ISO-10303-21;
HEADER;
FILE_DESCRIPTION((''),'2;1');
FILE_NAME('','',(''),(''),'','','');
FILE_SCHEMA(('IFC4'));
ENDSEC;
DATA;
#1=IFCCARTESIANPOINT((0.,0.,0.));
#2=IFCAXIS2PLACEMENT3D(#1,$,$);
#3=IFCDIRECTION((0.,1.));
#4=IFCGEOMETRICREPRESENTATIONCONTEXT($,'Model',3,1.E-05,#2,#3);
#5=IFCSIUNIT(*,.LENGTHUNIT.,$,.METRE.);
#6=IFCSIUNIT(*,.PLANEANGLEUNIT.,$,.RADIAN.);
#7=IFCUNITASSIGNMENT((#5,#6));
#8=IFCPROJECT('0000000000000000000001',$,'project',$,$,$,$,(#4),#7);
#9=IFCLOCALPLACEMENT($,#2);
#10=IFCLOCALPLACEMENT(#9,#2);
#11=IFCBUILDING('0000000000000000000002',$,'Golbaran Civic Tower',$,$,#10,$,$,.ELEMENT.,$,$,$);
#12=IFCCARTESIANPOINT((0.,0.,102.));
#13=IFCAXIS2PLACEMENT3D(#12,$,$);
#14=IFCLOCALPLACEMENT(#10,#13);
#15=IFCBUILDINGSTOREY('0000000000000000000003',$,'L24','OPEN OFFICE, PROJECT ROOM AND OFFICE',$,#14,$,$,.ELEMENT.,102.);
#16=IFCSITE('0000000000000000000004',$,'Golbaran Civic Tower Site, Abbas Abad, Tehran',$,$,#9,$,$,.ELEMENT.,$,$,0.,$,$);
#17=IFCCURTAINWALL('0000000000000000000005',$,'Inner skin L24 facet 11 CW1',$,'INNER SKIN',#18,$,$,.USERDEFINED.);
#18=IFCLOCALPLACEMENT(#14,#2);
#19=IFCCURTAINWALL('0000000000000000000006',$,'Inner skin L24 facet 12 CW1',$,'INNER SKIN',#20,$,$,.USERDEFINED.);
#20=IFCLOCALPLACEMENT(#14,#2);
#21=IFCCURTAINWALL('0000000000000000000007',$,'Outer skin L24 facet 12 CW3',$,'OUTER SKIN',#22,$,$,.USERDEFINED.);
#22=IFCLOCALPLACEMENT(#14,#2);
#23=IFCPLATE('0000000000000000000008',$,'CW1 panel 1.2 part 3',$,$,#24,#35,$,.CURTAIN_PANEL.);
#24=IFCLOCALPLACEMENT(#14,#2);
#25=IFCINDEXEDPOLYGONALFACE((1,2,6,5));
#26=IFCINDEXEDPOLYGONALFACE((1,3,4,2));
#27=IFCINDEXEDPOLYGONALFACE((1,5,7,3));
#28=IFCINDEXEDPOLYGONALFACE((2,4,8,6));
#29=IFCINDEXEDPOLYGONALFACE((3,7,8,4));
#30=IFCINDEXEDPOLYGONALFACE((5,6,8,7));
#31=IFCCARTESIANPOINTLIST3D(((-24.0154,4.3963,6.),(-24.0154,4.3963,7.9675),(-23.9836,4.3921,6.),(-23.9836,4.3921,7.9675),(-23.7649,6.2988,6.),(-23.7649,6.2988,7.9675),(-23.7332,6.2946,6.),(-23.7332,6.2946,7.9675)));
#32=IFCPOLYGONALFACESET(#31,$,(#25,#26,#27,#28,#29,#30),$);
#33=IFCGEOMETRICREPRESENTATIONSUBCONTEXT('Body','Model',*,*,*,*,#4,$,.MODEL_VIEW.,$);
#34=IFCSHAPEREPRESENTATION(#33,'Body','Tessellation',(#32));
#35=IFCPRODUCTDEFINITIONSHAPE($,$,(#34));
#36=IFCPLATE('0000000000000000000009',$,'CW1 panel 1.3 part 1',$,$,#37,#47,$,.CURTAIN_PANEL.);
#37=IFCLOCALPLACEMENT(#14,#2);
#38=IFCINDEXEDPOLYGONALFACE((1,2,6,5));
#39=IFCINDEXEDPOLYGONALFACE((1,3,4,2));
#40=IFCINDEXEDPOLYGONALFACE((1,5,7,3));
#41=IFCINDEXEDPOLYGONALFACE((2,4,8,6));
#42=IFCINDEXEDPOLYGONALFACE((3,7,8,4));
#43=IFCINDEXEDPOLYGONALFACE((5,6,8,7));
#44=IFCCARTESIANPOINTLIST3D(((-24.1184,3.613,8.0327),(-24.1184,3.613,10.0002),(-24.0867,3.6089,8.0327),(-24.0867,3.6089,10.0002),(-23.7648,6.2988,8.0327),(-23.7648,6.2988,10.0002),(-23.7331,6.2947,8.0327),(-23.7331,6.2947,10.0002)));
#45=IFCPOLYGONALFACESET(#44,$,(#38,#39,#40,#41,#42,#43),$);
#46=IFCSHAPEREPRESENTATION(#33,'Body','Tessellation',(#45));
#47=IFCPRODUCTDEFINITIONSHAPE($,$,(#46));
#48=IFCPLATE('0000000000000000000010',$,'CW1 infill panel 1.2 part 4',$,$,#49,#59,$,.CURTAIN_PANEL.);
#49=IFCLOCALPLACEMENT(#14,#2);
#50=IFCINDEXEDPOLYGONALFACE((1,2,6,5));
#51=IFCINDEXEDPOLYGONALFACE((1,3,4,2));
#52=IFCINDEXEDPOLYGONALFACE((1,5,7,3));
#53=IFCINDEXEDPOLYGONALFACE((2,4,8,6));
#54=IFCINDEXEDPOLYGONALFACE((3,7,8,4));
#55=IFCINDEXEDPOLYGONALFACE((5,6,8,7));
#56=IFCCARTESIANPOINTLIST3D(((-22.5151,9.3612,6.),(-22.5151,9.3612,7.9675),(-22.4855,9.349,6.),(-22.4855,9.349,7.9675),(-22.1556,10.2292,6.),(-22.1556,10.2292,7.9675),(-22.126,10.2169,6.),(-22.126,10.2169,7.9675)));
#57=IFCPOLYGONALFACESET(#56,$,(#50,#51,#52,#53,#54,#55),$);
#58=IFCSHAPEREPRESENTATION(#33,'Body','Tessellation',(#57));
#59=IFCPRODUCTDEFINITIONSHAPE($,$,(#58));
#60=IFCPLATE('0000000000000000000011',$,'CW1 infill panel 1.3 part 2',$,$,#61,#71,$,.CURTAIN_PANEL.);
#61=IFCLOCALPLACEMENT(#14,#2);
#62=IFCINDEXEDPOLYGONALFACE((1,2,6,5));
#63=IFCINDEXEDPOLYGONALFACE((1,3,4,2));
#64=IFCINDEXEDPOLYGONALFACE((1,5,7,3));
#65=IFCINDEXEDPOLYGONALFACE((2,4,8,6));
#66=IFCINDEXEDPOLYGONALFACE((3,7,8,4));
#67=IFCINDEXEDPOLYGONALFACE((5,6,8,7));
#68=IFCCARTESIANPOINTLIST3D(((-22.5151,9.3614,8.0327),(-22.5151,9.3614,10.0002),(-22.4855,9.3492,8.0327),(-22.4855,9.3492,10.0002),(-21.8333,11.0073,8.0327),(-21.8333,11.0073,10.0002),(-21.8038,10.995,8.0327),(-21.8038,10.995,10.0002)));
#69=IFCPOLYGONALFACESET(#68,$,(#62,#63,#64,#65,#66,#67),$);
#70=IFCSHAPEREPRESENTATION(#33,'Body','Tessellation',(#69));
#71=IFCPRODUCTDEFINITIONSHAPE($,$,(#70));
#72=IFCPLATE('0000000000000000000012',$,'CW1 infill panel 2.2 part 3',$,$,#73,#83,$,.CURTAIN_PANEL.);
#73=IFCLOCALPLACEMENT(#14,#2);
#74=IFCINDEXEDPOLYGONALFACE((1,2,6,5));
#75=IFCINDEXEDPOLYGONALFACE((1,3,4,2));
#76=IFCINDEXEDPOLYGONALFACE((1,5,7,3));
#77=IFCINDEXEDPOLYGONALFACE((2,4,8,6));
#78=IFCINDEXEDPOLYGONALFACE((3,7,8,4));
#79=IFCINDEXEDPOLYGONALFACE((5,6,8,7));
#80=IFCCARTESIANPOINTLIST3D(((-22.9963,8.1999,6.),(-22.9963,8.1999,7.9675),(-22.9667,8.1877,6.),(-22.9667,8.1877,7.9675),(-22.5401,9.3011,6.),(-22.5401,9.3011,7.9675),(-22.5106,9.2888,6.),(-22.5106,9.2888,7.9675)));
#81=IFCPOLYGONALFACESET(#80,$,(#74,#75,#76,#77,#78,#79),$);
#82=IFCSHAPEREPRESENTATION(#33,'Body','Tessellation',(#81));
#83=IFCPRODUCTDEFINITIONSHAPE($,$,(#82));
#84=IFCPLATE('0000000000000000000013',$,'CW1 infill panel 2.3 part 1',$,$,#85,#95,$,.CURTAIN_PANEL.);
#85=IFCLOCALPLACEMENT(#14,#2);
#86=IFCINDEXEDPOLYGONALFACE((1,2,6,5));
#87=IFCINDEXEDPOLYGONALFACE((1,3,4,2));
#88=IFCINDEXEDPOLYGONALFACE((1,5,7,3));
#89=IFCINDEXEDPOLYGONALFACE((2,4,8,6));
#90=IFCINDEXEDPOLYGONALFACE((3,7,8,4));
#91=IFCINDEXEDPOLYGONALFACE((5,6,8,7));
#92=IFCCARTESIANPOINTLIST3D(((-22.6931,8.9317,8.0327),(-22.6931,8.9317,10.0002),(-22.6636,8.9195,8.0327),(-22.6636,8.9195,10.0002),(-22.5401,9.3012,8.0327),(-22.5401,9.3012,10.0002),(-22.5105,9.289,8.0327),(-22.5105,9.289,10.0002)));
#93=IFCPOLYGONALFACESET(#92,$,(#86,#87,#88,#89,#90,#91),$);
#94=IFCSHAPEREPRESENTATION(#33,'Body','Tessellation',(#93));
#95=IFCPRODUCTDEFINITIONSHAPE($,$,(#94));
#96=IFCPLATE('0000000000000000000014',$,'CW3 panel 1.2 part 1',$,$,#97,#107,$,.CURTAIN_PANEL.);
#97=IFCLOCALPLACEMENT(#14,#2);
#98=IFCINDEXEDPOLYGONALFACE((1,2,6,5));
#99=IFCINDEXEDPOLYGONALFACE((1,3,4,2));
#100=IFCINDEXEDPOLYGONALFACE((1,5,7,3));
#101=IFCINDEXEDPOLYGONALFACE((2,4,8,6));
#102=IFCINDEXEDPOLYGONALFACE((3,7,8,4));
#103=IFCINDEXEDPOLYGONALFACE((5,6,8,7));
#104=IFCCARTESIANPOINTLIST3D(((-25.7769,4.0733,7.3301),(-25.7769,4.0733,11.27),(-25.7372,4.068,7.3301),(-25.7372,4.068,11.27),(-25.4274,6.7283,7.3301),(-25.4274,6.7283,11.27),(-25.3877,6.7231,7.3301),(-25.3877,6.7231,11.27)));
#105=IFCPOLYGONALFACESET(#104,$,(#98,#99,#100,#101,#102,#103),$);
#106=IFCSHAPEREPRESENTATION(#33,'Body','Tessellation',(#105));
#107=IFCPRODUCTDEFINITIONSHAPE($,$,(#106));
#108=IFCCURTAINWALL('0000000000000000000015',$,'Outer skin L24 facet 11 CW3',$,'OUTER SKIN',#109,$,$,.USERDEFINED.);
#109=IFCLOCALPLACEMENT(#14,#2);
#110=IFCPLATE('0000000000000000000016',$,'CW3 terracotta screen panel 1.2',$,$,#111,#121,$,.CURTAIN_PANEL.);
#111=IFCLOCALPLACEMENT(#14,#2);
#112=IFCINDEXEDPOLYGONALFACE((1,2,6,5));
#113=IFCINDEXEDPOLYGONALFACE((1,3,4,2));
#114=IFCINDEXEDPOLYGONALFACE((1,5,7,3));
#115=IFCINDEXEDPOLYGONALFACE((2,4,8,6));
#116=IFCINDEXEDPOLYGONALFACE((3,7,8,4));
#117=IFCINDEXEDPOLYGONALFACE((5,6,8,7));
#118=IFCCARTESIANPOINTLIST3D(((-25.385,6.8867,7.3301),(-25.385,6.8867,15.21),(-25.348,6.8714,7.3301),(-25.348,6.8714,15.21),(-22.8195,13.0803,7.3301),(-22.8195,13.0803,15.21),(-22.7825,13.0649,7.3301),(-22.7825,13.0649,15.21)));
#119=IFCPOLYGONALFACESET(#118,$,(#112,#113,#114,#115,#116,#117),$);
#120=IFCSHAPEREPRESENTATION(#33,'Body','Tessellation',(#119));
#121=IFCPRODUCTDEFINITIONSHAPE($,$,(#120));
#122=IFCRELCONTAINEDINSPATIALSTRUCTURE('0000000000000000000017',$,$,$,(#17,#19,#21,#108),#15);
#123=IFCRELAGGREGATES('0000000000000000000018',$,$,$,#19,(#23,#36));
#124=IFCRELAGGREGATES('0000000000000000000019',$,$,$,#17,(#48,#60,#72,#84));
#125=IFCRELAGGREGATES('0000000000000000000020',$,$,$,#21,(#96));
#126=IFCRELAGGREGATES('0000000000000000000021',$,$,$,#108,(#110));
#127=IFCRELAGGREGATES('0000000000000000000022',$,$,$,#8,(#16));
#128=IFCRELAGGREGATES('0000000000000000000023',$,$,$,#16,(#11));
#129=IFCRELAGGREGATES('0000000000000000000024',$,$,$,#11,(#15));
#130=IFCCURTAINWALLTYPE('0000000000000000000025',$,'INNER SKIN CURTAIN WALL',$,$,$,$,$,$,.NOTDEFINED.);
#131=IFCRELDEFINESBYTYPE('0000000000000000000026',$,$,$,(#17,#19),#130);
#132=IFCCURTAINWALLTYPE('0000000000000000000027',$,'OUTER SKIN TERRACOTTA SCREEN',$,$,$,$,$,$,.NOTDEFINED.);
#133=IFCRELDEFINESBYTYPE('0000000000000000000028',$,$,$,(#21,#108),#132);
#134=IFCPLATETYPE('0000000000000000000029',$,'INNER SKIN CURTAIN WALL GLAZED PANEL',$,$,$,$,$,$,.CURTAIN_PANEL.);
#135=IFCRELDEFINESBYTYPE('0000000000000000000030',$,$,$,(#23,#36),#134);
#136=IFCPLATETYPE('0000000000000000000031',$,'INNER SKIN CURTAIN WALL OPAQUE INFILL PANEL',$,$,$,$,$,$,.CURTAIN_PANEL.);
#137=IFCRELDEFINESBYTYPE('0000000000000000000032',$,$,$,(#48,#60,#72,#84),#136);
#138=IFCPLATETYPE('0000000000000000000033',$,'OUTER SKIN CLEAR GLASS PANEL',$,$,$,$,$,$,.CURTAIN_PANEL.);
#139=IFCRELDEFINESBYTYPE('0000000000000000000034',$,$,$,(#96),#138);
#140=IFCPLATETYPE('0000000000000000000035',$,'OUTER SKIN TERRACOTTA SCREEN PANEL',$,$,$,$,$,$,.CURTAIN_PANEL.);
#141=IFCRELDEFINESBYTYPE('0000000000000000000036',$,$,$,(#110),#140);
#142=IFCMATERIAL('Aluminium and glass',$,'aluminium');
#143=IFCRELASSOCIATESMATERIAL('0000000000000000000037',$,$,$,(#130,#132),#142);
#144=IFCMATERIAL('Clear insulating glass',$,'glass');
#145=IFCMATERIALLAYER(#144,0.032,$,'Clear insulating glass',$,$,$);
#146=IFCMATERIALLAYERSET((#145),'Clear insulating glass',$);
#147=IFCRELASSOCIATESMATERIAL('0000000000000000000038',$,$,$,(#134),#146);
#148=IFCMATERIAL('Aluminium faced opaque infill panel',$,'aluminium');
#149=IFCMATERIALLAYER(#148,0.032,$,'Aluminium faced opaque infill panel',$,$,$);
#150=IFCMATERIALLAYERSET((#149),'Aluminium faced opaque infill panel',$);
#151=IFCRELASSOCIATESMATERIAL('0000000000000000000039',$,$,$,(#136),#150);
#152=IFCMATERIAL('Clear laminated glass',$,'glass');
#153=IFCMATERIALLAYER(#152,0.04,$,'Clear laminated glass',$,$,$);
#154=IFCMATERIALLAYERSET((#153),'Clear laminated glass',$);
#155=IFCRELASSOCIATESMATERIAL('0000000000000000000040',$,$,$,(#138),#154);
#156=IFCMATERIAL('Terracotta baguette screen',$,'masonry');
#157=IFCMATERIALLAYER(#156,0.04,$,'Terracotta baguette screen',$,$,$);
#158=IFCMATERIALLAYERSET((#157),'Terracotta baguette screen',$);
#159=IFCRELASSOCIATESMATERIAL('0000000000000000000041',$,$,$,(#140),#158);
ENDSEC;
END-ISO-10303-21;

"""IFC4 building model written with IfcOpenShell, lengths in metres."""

from ifc_helpers import new_model, si_unit, direction, frame, origin, origin_2d, place, context, subcontext, project, spatial, rectangle, extrude, material, layer, layer_set, type_object, element, aggregate, save


model = new_model("IFC4")

# Units and contexts
model_context = context("Model", 3, precision=1e-05, world=origin(), true_north=direction((0.0, 1.0)))
body_context = subcontext(model_context, "Body", "Model", "MODEL_VIEW")
ifc_project = project(units=[si_unit("LENGTHUNIT", "METRE"), si_unit("PLANEANGLEUNIT", "RADIAN")], contexts=[model_context])

# Site, building, storey
site_placement = place(None, origin())
site = spatial("IfcSite", under=ifc_project, at=site_placement, Name="Golbaran Civic Tower Site, Abbas Abad, Tehran", CompositionType="ELEMENT", RefElevation=0.0)
building_placement = place(site_placement, origin())
building = spatial("IfcBuilding", under=site, at=building_placement, Name="Golbaran Civic Tower", CompositionType="ELEMENT")
storey_placement = place(building_placement, frame((0.0, 0.0, 102.0)))
storey = spatial("IfcBuildingStorey", under=building, at=storey_placement, Name="L24", Description="OPEN OFFICE, PROJECT ROOM AND OFFICE", CompositionType="ELEMENT", Elevation=102.0)

# Curtain walls
ifc_material_1 = material(Name="Aluminium and glass", Category="aluminium")
curtain_wall_type_1 = type_object("IfcCurtainWallType", Name="INNER SKIN CURTAIN WALL", PredefinedType="NOTDEFINED", material=ifc_material_1)
curtain_wall_1_placement = place(storey_placement, origin())
curtain_wall_1 = element("IfcCurtainWall", 1, at=curtain_wall_1_placement, inside=storey, type_object=curtain_wall_type_1, Name="Inner skin L24 facet 11 CW1", ObjectType="INNER SKIN", PredefinedType="USERDEFINED")
curtain_wall_2_placement = place(storey_placement, origin())
curtain_wall_2 = element("IfcCurtainWall", 2, at=curtain_wall_2_placement, inside=storey, type_object=curtain_wall_type_1, Name="Inner skin L24 facet 12 CW1", ObjectType="INNER SKIN", PredefinedType="USERDEFINED")
curtain_wall_type_2 = type_object("IfcCurtainWallType", Name="OUTER SKIN TERRACOTTA SCREEN", PredefinedType="NOTDEFINED", material=ifc_material_1)
curtain_wall_3_placement = place(storey_placement, origin())
curtain_wall_3 = element("IfcCurtainWall", 3, at=curtain_wall_3_placement, inside=storey, type_object=curtain_wall_type_2, Name="Outer skin L24 facet 12 CW3", ObjectType="OUTER SKIN", PredefinedType="USERDEFINED")

# Plates
ifc_material_2 = material(Name="Clear insulating glass", Category="glass")
ifc_layer_1 = layer(ifc_material_2, 0.032, Name="Clear insulating glass")
ifc_layer_set_1 = layer_set([ifc_layer_1], Name="Clear insulating glass")
plate_type_1 = type_object("IfcPlateType", Name="INNER SKIN CURTAIN WALL GLAZED PANEL", PredefinedType="CURTAIN_PANEL", material=ifc_layer_set_1)
plate_1_placement = place(storey_placement, frame((-23.8743, 5.3455, 6.0), z_axis=(0.0, 0.0, 1.0), x_axis=(-0.130526, -0.991445, 0.0)))
plate_1 = element("IfcPlate", 4, at=plate_1_placement, type_object=plate_type_1, Name="CW1 panel 1.2 part 3", PredefinedType="CURTAIN_PANEL", context=body_context, shape_type="SweptSolid", body=[
    extrude(rectangle(XDim=1.9189, YDim=0.032, at=origin_2d()), origin(), (0.0, 0.0, 1.0), 1.9675),
])
plate_2_placement = place(storey_placement, frame((-23.9258, 4.9539, 8.0327), z_axis=(0.0, 0.0, 1.0), x_axis=(-0.130526, -0.991445, 0.0)))
plate_2 = element("IfcPlate", 5, at=plate_2_placement, type_object=plate_type_1, Name="CW1 panel 1.3 part 1", PredefinedType="CURTAIN_PANEL", context=body_context, shape_type="SweptSolid", body=[
    extrude(rectangle(XDim=2.709, YDim=0.032, at=origin_2d()), origin(), (0.0, 0.0, 1.0), 1.9675),
])
aggregate(curtain_wall_2, [plate_1, plate_2])
ifc_material_3 = material(Name="Aluminium faced opaque infill panel", Category="aluminium")
ifc_layer_2 = layer(ifc_material_3, 0.032, Name="Aluminium faced opaque infill panel")
ifc_layer_set_2 = layer_set([ifc_layer_2], Name="Aluminium faced opaque infill panel")
plate_type_2 = type_object("IfcPlateType", Name="INNER SKIN CURTAIN WALL OPAQUE INFILL PANEL", PredefinedType="CURTAIN_PANEL", material=ifc_layer_set_2)
plate_3_placement = place(storey_placement, frame((-22.3206, 9.7891, 6.0), z_axis=(0.0, 0.0, 1.0), x_axis=(-0.382683, -0.92388, 0.0)))
plate_3 = element("IfcPlate", 6, at=plate_3_placement, type_object=plate_type_2, Name="CW1 infill panel 1.2 part 4", PredefinedType="CURTAIN_PANEL", context=body_context, shape_type="SweptSolid", body=[
    extrude(rectangle(XDim=0.9395, YDim=0.032, at=origin_2d()), origin(), (0.0, 0.0, 1.0), 1.9675),
])
plate_4_placement = place(storey_placement, frame((-22.1594, 10.1782, 8.0327), z_axis=(0.0, 0.0, 1.0), x_axis=(-0.382683, -0.92388, 0.0)))
plate_4 = element("IfcPlate", 7, at=plate_4_placement, type_object=plate_type_2, Name="CW1 infill panel 1.3 part 2", PredefinedType="CURTAIN_PANEL", context=body_context, shape_type="SweptSolid", body=[
    extrude(rectangle(XDim=1.7815, YDim=0.032, at=origin_2d()), origin(), (0.0, 0.0, 1.0), 1.9675),
])
plate_5_placement = place(storey_placement, frame((-22.7534, 8.7444, 6.0), z_axis=(0.0, 0.0, 1.0), x_axis=(-0.382683, -0.92388, 0.0)))
plate_5 = element("IfcPlate", 8, at=plate_5_placement, type_object=plate_type_2, Name="CW1 infill panel 2.2 part 3", PredefinedType="CURTAIN_PANEL", context=body_context, shape_type="SweptSolid", body=[
    extrude(rectangle(XDim=1.1919, YDim=0.032, at=origin_2d()), origin(), (0.0, 0.0, 1.0), 1.9675),
])
plate_6_placement = place(storey_placement, frame((-22.6018, 9.1104, 8.0327), z_axis=(0.0, 0.0, 1.0), x_axis=(-0.382683, -0.92388, 0.0)))
plate_6 = element("IfcPlate", 9, at=plate_6_placement, type_object=plate_type_2, Name="CW1 infill panel 2.3 part 1", PredefinedType="CURTAIN_PANEL", context=body_context, shape_type="SweptSolid", body=[
    extrude(rectangle(XDim=0.3999, YDim=0.032, at=origin_2d()), origin(), (0.0, 0.0, 1.0), 1.9675),
])
aggregate(curtain_wall_1, [plate_3, plate_4, plate_5, plate_6])
ifc_material_4 = material(Name="Clear laminated glass", Category="glass")
ifc_layer_3 = layer(ifc_material_4, 0.04, Name="Clear laminated glass")
ifc_layer_set_3 = layer_set([ifc_layer_3], Name="Clear laminated glass")
plate_type_3 = type_object("IfcPlateType", Name="OUTER SKIN CLEAR GLASS PANEL", PredefinedType="CURTAIN_PANEL", material=ifc_layer_set_3)
plate_7_placement = place(storey_placement, frame((-25.5823, 5.3982, 7.3301), z_axis=(0.0, 0.0, 1.0), x_axis=(-0.130526, -0.991445, 0.0)))
plate_7 = element("IfcPlate", 10, at=plate_7_placement, type_object=plate_type_3, Name="CW3 panel 1.2 part 1", PredefinedType="CURTAIN_PANEL", context=body_context, shape_type="SweptSolid", body=[
    extrude(rectangle(XDim=2.678, YDim=0.04, at=origin_2d()), origin(), (0.0, 0.0, 1.0), 3.9399),
])
aggregate(curtain_wall_3, [plate_7])

# Curtain wall, plate
curtain_wall_4_placement = place(storey_placement, origin())
curtain_wall_4 = element("IfcCurtainWall", 11, at=curtain_wall_4_placement, inside=storey, type_object=curtain_wall_type_2, Name="Outer skin L24 facet 11 CW3", ObjectType="OUTER SKIN", PredefinedType="USERDEFINED")
ifc_material_5 = material(Name="Terracotta baguette screen", Category="masonry")
ifc_layer_4 = layer(ifc_material_5, 0.04, Name="Terracotta baguette screen")
ifc_layer_set_4 = layer_set([ifc_layer_4], Name="Terracotta baguette screen")
plate_type_4 = type_object("IfcPlateType", Name="OUTER SKIN TERRACOTTA SCREEN PANEL", PredefinedType="CURTAIN_PANEL", material=ifc_layer_set_4)
plate_8_placement = place(storey_placement, frame((-24.0837, 9.9758, 7.3301), z_axis=(0.0, 0.0, 1.0), x_axis=(-0.382683, -0.92388, 0.0)))
plate_8 = element("IfcPlate", 12, at=plate_8_placement, type_object=plate_type_4, Name="CW3 terracotta screen panel 1.2", PredefinedType="CURTAIN_PANEL", context=body_context, shape_type="SweptSolid", body=[
    extrude(rectangle(XDim=6.7039, YDim=0.04, at=origin_2d()), origin(), (0.0, 0.0, 1.0), 7.8799),
])
aggregate(curtain_wall_4, [plate_8])

save(model, "model.ifc")
